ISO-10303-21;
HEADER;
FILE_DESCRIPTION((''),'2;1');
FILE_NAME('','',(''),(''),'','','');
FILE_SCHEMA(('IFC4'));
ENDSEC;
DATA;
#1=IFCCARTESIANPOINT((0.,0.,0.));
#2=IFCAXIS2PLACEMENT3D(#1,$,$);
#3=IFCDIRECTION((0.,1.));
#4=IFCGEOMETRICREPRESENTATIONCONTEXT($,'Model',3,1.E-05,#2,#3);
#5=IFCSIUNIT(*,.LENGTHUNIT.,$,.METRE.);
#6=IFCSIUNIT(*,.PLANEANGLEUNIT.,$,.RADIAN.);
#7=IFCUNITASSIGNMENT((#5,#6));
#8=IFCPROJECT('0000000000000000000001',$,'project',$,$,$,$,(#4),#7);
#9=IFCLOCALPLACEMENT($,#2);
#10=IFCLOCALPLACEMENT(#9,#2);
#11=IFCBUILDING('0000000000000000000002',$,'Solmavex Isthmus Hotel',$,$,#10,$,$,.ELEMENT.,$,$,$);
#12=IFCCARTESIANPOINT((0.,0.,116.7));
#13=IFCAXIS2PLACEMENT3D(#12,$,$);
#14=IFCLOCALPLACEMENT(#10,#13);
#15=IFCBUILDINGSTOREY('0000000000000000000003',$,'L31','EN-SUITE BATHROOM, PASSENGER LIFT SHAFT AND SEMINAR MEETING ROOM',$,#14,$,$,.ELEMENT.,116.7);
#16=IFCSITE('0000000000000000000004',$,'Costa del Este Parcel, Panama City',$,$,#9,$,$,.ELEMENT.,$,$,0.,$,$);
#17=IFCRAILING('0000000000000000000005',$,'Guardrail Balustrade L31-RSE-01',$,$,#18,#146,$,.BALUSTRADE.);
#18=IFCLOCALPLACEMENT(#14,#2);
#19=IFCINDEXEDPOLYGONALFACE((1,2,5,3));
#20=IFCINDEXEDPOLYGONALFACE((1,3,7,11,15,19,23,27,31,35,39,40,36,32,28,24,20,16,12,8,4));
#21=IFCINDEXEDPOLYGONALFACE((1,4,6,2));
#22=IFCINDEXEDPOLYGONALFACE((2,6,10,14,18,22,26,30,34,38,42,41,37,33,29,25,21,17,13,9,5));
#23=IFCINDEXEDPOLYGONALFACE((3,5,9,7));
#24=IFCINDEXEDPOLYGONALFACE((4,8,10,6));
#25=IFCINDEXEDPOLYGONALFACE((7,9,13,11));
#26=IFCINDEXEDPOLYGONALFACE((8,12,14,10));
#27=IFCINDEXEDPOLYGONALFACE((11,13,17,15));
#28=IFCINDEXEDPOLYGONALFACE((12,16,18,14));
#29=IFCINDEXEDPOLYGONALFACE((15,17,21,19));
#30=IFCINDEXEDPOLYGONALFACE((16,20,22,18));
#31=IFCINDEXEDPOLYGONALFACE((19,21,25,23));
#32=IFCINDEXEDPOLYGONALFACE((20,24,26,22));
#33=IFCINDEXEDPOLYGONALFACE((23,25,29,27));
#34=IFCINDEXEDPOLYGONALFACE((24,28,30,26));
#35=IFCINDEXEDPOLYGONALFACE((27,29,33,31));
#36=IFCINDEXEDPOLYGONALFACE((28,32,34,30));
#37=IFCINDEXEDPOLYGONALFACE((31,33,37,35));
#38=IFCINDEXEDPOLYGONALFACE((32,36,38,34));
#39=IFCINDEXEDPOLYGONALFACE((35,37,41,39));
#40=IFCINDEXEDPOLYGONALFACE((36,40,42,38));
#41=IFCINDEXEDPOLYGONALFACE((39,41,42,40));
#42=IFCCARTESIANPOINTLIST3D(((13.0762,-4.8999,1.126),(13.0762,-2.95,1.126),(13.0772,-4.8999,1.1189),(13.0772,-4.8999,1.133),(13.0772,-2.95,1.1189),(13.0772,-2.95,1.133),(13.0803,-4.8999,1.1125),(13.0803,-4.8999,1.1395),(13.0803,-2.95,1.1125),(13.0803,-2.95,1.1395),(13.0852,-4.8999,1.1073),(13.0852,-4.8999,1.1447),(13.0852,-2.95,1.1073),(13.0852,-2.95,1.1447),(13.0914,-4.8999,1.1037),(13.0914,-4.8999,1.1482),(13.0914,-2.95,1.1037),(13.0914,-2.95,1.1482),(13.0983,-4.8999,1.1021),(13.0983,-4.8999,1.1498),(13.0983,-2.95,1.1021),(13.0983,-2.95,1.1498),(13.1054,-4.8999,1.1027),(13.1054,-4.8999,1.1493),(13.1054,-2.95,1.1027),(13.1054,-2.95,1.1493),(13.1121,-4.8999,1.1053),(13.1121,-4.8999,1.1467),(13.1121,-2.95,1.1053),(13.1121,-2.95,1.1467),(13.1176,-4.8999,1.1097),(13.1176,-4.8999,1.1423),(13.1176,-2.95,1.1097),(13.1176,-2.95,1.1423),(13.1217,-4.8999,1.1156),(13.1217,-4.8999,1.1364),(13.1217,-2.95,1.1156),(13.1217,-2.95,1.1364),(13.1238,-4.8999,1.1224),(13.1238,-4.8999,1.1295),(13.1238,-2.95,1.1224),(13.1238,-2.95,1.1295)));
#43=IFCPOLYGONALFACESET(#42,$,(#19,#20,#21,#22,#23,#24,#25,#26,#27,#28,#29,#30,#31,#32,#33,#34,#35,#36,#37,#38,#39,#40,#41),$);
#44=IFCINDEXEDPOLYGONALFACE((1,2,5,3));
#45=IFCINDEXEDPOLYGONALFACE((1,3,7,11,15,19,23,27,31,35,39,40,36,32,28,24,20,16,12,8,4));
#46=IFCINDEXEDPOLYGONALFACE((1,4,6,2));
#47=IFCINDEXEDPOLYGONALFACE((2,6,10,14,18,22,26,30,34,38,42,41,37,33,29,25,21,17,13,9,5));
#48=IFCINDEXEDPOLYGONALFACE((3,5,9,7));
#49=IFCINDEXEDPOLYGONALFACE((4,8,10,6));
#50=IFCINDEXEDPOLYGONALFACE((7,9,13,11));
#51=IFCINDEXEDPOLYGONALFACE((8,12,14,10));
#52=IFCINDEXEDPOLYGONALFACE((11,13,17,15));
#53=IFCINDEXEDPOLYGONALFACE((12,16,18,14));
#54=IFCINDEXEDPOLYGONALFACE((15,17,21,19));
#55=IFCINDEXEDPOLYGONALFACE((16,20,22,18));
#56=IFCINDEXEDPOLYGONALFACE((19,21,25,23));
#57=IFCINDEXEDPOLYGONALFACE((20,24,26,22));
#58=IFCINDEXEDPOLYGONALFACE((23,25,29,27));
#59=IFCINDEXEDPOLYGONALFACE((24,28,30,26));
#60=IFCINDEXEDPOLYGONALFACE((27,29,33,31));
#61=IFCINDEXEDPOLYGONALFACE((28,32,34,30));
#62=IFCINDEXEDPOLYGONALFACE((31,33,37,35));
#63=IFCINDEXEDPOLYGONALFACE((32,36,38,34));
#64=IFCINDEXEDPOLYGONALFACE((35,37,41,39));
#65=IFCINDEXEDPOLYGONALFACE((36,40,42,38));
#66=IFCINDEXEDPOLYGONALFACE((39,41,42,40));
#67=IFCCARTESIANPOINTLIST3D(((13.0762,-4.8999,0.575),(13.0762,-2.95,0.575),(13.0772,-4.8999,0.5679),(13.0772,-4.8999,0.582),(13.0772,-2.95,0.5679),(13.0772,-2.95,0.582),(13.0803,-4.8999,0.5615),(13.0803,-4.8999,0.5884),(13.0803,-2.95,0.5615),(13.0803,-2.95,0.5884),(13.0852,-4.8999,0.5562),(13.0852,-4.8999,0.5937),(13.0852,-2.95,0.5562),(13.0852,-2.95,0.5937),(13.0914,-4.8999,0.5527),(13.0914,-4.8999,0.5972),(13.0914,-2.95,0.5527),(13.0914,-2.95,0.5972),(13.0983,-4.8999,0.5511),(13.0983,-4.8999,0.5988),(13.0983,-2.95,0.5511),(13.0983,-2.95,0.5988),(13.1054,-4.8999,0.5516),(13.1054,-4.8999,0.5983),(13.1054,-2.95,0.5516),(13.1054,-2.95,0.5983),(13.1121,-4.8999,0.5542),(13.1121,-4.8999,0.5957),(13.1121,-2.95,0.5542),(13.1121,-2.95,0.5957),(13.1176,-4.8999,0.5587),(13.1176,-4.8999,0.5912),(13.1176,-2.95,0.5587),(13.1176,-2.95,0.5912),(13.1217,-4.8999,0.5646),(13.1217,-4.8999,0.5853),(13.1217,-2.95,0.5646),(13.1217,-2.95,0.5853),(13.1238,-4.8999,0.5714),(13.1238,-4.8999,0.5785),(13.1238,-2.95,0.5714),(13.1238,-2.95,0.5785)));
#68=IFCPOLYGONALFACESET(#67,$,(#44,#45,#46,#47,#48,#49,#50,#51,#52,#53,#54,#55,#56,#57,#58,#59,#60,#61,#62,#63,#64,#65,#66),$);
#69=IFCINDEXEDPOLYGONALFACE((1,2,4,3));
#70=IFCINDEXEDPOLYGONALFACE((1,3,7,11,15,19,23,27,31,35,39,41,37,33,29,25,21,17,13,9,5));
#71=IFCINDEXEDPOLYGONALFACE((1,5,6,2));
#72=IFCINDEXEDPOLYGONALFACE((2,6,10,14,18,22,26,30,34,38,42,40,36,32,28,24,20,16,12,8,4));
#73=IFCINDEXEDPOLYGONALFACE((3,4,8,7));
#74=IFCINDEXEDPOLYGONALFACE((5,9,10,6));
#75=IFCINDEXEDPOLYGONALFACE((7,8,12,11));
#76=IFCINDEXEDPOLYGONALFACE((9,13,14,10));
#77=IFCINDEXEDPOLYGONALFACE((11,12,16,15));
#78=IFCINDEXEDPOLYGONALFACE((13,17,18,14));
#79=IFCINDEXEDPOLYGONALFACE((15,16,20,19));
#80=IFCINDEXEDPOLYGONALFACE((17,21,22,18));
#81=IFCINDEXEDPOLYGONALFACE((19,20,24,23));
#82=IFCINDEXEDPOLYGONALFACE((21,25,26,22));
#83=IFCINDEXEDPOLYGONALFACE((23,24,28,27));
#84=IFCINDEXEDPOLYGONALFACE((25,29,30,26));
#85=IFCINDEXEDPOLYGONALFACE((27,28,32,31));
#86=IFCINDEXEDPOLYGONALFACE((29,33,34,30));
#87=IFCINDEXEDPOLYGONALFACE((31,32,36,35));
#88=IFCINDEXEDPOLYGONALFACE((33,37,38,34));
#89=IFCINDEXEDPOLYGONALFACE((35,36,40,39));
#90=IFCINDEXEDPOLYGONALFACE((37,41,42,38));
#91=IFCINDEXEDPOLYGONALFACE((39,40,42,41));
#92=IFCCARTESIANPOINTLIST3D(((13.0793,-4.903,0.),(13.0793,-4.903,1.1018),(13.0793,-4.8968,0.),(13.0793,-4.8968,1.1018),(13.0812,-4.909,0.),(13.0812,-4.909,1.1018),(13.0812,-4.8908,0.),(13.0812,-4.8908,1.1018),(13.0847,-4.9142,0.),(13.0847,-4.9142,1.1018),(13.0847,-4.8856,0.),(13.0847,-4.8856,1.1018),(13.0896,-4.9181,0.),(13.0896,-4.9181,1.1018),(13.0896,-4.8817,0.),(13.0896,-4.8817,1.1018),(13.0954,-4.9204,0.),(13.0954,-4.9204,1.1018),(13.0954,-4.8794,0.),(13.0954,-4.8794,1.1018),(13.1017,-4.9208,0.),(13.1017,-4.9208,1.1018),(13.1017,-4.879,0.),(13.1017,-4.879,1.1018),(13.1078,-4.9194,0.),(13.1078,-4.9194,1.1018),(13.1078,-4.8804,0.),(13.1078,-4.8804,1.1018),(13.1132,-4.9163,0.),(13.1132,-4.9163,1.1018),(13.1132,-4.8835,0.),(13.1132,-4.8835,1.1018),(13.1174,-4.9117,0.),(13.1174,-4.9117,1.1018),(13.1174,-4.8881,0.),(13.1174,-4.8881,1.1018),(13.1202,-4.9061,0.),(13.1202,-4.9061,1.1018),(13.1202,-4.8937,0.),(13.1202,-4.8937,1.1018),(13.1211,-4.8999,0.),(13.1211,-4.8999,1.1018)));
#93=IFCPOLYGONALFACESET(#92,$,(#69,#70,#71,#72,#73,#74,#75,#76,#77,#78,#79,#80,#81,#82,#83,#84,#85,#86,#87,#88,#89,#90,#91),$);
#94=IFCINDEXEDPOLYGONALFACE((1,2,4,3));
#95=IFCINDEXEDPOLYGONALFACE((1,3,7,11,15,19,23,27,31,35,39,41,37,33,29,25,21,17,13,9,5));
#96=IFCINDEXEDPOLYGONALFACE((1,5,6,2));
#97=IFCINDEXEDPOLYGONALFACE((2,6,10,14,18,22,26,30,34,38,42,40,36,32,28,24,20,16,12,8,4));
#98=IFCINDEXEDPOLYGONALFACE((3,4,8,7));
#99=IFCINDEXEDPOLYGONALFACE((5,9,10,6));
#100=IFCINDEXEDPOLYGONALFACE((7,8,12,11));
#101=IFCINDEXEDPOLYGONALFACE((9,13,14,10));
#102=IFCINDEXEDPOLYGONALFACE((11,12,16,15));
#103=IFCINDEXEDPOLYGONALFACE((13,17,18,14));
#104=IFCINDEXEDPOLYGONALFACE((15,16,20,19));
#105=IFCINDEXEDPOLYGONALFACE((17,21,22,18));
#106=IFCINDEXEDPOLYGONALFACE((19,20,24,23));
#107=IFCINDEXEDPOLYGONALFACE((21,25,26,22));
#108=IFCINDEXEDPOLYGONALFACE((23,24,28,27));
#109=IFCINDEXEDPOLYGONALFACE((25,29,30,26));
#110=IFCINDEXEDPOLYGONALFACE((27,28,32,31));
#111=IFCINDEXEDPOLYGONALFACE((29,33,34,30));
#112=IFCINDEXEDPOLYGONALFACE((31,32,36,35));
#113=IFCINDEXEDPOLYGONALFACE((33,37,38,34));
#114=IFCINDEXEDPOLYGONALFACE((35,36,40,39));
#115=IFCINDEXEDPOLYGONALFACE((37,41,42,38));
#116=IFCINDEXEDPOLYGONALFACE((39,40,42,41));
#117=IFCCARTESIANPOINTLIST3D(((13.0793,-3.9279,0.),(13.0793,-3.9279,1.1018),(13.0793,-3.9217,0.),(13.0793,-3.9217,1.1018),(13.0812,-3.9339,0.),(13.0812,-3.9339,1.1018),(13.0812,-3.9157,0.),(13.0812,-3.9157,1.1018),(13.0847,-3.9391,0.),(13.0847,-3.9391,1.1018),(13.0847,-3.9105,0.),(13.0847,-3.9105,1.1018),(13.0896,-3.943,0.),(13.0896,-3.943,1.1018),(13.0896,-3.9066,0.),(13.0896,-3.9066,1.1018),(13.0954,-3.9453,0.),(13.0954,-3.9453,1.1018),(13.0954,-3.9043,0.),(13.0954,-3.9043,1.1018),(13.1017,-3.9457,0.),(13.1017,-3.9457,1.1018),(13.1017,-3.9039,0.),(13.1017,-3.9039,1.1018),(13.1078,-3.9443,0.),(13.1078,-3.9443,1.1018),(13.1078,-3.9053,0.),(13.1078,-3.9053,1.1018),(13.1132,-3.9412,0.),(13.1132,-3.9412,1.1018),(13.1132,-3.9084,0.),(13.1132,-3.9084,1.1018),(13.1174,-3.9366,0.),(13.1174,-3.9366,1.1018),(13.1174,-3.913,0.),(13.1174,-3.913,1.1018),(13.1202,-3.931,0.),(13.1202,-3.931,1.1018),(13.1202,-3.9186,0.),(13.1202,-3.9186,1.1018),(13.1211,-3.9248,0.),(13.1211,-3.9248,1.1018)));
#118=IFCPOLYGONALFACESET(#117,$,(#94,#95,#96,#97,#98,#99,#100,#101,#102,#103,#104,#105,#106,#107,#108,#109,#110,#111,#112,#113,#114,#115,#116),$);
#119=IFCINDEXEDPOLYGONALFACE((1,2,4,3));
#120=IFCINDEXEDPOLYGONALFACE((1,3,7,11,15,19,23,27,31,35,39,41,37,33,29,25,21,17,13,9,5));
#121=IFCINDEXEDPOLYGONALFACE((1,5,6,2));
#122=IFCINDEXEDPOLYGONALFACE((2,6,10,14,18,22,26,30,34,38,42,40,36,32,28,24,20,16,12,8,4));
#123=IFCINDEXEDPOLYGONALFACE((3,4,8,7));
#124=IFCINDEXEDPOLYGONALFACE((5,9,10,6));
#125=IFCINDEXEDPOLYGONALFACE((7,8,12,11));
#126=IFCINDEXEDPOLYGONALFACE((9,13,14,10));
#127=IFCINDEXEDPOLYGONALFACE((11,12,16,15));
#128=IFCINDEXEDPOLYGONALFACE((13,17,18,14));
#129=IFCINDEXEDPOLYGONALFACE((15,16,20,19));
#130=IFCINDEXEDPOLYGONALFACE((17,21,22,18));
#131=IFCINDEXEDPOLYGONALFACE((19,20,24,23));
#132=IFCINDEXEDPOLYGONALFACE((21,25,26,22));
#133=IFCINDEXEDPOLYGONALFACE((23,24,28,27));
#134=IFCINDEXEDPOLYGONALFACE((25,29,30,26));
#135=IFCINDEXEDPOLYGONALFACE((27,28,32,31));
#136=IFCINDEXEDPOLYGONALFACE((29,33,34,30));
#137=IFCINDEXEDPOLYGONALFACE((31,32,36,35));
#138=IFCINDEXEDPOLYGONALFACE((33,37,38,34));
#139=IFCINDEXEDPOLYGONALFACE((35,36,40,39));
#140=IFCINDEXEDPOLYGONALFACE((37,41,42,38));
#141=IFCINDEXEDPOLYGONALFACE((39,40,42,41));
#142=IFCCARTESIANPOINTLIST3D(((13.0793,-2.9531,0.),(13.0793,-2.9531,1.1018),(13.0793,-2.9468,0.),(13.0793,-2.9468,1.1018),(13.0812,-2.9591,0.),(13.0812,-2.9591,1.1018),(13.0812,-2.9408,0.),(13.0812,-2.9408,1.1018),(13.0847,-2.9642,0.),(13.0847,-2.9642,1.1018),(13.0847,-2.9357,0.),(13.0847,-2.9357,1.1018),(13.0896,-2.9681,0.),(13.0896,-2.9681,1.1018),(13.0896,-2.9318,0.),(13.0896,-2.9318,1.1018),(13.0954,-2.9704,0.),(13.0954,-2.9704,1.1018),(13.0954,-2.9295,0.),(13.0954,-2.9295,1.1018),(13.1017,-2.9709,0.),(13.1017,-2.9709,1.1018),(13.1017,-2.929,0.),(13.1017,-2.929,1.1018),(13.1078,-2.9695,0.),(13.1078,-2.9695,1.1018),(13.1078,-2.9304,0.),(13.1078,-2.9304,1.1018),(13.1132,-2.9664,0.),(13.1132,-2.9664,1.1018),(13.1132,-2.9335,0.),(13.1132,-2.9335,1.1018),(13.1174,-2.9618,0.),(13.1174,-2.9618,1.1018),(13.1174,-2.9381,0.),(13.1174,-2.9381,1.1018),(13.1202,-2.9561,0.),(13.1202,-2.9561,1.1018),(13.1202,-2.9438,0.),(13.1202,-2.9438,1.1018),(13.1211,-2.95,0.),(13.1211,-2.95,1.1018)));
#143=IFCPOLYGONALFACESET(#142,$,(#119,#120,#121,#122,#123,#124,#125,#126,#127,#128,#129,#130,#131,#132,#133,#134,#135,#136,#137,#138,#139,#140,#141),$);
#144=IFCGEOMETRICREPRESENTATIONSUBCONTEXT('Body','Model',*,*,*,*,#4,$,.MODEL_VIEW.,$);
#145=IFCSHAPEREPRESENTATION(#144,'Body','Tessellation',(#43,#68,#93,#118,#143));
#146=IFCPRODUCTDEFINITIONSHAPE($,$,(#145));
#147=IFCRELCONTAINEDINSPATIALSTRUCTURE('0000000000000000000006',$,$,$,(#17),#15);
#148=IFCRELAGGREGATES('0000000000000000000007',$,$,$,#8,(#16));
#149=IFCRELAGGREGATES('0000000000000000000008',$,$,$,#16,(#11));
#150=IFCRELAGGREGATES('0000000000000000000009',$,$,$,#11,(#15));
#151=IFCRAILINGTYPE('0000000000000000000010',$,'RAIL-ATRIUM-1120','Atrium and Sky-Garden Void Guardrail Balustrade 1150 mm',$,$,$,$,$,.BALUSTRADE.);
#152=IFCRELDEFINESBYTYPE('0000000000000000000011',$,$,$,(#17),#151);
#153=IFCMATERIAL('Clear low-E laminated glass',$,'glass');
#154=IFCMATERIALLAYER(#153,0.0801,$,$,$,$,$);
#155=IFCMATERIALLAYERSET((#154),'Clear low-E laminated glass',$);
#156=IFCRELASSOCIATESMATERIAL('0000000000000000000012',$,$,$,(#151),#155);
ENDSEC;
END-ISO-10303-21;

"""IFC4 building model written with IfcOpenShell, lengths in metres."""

from ifc_helpers import new_model, si_unit, direction, frame, origin, origin_2d, place, context, subcontext, project, spatial, circle, extrude, material, layer, layer_set, type_object, element, save


model = new_model("IFC4")

# Units and contexts
model_context = context("Model", 3, precision=1e-05, world=origin(), true_north=direction((0.0, 1.0)))
body_context = subcontext(model_context, "Body", "Model", "MODEL_VIEW")
ifc_project = project(units=[si_unit("LENGTHUNIT", "METRE"), si_unit("PLANEANGLEUNIT", "RADIAN")], contexts=[model_context])

# Site, building, storey
site_placement = place(None, origin())
site = spatial("IfcSite", under=ifc_project, at=site_placement, Name="Costa del Este Parcel, Panama City", CompositionType="ELEMENT", RefElevation=0.0)
building_placement = place(site_placement, origin())
building = spatial("IfcBuilding", under=site, at=building_placement, Name="Solmavex Isthmus Hotel", CompositionType="ELEMENT")
storey_placement = place(building_placement, frame((0.0, 0.0, 116.7)))
storey = spatial("IfcBuildingStorey", under=building, at=storey_placement, Name="L31", Description="EN-SUITE BATHROOM, PASSENGER LIFT SHAFT AND SEMINAR MEETING ROOM", CompositionType="ELEMENT", Elevation=116.7)

# Railing
ifc_material_1 = material(Name="Clear low-E laminated glass", Category="glass")
ifc_layer_1 = layer(ifc_material_1, 0.0801)
ifc_layer_set_1 = layer_set([ifc_layer_1], Name="Clear low-E laminated glass")
railing_type_1 = type_object("IfcRailingType", Name="RAIL-ATRIUM-1120", Description="Atrium and Sky-Garden Void Guardrail Balustrade 1150 mm", PredefinedType="BALUSTRADE", material=ifc_layer_set_1)
railing_1_placement = place(storey_placement, frame((13.1001, -4.8999, 0.0)))
element("IfcRailing", 1, at=railing_1_placement, inside=storey, type_object=railing_type_1, Name="Guardrail Balustrade L31-RSE-01", PredefinedType="BALUSTRADE", context=body_context, shape_type="SweptSolid", body=[
    extrude(circle(Radius=0.0239, at=origin_2d()), frame((0.0, 0.0, 1.126), z_axis=(0.0, 1.0, 0.0), x_axis=(-1.0, 0.0, 0.0)), (0.0, 0.0, 1.0), 1.95),
    extrude(circle(Radius=0.0239, at=origin_2d()), frame((0.0, 0.0, 0.575), z_axis=(0.0, 1.0, 0.0), x_axis=(-1.0, 0.0, 0.0)), (0.0, 0.0, 1.0), 1.95),
    extrude(circle(Radius=0.021, at=origin_2d()), origin(), (0.0, 0.0, 1.0), 1.1018),
    extrude(circle(Radius=0.021, at=origin_2d()), frame((0.0, 0.9751, 0.0)), (0.0, 0.0, 1.0), 1.1018),
    extrude(circle(Radius=0.021, at=origin_2d()), frame((0.0, 1.95, 0.0)), (0.0, 0.0, 1.0), 1.1018),
])

save(model, "model.ifc")
